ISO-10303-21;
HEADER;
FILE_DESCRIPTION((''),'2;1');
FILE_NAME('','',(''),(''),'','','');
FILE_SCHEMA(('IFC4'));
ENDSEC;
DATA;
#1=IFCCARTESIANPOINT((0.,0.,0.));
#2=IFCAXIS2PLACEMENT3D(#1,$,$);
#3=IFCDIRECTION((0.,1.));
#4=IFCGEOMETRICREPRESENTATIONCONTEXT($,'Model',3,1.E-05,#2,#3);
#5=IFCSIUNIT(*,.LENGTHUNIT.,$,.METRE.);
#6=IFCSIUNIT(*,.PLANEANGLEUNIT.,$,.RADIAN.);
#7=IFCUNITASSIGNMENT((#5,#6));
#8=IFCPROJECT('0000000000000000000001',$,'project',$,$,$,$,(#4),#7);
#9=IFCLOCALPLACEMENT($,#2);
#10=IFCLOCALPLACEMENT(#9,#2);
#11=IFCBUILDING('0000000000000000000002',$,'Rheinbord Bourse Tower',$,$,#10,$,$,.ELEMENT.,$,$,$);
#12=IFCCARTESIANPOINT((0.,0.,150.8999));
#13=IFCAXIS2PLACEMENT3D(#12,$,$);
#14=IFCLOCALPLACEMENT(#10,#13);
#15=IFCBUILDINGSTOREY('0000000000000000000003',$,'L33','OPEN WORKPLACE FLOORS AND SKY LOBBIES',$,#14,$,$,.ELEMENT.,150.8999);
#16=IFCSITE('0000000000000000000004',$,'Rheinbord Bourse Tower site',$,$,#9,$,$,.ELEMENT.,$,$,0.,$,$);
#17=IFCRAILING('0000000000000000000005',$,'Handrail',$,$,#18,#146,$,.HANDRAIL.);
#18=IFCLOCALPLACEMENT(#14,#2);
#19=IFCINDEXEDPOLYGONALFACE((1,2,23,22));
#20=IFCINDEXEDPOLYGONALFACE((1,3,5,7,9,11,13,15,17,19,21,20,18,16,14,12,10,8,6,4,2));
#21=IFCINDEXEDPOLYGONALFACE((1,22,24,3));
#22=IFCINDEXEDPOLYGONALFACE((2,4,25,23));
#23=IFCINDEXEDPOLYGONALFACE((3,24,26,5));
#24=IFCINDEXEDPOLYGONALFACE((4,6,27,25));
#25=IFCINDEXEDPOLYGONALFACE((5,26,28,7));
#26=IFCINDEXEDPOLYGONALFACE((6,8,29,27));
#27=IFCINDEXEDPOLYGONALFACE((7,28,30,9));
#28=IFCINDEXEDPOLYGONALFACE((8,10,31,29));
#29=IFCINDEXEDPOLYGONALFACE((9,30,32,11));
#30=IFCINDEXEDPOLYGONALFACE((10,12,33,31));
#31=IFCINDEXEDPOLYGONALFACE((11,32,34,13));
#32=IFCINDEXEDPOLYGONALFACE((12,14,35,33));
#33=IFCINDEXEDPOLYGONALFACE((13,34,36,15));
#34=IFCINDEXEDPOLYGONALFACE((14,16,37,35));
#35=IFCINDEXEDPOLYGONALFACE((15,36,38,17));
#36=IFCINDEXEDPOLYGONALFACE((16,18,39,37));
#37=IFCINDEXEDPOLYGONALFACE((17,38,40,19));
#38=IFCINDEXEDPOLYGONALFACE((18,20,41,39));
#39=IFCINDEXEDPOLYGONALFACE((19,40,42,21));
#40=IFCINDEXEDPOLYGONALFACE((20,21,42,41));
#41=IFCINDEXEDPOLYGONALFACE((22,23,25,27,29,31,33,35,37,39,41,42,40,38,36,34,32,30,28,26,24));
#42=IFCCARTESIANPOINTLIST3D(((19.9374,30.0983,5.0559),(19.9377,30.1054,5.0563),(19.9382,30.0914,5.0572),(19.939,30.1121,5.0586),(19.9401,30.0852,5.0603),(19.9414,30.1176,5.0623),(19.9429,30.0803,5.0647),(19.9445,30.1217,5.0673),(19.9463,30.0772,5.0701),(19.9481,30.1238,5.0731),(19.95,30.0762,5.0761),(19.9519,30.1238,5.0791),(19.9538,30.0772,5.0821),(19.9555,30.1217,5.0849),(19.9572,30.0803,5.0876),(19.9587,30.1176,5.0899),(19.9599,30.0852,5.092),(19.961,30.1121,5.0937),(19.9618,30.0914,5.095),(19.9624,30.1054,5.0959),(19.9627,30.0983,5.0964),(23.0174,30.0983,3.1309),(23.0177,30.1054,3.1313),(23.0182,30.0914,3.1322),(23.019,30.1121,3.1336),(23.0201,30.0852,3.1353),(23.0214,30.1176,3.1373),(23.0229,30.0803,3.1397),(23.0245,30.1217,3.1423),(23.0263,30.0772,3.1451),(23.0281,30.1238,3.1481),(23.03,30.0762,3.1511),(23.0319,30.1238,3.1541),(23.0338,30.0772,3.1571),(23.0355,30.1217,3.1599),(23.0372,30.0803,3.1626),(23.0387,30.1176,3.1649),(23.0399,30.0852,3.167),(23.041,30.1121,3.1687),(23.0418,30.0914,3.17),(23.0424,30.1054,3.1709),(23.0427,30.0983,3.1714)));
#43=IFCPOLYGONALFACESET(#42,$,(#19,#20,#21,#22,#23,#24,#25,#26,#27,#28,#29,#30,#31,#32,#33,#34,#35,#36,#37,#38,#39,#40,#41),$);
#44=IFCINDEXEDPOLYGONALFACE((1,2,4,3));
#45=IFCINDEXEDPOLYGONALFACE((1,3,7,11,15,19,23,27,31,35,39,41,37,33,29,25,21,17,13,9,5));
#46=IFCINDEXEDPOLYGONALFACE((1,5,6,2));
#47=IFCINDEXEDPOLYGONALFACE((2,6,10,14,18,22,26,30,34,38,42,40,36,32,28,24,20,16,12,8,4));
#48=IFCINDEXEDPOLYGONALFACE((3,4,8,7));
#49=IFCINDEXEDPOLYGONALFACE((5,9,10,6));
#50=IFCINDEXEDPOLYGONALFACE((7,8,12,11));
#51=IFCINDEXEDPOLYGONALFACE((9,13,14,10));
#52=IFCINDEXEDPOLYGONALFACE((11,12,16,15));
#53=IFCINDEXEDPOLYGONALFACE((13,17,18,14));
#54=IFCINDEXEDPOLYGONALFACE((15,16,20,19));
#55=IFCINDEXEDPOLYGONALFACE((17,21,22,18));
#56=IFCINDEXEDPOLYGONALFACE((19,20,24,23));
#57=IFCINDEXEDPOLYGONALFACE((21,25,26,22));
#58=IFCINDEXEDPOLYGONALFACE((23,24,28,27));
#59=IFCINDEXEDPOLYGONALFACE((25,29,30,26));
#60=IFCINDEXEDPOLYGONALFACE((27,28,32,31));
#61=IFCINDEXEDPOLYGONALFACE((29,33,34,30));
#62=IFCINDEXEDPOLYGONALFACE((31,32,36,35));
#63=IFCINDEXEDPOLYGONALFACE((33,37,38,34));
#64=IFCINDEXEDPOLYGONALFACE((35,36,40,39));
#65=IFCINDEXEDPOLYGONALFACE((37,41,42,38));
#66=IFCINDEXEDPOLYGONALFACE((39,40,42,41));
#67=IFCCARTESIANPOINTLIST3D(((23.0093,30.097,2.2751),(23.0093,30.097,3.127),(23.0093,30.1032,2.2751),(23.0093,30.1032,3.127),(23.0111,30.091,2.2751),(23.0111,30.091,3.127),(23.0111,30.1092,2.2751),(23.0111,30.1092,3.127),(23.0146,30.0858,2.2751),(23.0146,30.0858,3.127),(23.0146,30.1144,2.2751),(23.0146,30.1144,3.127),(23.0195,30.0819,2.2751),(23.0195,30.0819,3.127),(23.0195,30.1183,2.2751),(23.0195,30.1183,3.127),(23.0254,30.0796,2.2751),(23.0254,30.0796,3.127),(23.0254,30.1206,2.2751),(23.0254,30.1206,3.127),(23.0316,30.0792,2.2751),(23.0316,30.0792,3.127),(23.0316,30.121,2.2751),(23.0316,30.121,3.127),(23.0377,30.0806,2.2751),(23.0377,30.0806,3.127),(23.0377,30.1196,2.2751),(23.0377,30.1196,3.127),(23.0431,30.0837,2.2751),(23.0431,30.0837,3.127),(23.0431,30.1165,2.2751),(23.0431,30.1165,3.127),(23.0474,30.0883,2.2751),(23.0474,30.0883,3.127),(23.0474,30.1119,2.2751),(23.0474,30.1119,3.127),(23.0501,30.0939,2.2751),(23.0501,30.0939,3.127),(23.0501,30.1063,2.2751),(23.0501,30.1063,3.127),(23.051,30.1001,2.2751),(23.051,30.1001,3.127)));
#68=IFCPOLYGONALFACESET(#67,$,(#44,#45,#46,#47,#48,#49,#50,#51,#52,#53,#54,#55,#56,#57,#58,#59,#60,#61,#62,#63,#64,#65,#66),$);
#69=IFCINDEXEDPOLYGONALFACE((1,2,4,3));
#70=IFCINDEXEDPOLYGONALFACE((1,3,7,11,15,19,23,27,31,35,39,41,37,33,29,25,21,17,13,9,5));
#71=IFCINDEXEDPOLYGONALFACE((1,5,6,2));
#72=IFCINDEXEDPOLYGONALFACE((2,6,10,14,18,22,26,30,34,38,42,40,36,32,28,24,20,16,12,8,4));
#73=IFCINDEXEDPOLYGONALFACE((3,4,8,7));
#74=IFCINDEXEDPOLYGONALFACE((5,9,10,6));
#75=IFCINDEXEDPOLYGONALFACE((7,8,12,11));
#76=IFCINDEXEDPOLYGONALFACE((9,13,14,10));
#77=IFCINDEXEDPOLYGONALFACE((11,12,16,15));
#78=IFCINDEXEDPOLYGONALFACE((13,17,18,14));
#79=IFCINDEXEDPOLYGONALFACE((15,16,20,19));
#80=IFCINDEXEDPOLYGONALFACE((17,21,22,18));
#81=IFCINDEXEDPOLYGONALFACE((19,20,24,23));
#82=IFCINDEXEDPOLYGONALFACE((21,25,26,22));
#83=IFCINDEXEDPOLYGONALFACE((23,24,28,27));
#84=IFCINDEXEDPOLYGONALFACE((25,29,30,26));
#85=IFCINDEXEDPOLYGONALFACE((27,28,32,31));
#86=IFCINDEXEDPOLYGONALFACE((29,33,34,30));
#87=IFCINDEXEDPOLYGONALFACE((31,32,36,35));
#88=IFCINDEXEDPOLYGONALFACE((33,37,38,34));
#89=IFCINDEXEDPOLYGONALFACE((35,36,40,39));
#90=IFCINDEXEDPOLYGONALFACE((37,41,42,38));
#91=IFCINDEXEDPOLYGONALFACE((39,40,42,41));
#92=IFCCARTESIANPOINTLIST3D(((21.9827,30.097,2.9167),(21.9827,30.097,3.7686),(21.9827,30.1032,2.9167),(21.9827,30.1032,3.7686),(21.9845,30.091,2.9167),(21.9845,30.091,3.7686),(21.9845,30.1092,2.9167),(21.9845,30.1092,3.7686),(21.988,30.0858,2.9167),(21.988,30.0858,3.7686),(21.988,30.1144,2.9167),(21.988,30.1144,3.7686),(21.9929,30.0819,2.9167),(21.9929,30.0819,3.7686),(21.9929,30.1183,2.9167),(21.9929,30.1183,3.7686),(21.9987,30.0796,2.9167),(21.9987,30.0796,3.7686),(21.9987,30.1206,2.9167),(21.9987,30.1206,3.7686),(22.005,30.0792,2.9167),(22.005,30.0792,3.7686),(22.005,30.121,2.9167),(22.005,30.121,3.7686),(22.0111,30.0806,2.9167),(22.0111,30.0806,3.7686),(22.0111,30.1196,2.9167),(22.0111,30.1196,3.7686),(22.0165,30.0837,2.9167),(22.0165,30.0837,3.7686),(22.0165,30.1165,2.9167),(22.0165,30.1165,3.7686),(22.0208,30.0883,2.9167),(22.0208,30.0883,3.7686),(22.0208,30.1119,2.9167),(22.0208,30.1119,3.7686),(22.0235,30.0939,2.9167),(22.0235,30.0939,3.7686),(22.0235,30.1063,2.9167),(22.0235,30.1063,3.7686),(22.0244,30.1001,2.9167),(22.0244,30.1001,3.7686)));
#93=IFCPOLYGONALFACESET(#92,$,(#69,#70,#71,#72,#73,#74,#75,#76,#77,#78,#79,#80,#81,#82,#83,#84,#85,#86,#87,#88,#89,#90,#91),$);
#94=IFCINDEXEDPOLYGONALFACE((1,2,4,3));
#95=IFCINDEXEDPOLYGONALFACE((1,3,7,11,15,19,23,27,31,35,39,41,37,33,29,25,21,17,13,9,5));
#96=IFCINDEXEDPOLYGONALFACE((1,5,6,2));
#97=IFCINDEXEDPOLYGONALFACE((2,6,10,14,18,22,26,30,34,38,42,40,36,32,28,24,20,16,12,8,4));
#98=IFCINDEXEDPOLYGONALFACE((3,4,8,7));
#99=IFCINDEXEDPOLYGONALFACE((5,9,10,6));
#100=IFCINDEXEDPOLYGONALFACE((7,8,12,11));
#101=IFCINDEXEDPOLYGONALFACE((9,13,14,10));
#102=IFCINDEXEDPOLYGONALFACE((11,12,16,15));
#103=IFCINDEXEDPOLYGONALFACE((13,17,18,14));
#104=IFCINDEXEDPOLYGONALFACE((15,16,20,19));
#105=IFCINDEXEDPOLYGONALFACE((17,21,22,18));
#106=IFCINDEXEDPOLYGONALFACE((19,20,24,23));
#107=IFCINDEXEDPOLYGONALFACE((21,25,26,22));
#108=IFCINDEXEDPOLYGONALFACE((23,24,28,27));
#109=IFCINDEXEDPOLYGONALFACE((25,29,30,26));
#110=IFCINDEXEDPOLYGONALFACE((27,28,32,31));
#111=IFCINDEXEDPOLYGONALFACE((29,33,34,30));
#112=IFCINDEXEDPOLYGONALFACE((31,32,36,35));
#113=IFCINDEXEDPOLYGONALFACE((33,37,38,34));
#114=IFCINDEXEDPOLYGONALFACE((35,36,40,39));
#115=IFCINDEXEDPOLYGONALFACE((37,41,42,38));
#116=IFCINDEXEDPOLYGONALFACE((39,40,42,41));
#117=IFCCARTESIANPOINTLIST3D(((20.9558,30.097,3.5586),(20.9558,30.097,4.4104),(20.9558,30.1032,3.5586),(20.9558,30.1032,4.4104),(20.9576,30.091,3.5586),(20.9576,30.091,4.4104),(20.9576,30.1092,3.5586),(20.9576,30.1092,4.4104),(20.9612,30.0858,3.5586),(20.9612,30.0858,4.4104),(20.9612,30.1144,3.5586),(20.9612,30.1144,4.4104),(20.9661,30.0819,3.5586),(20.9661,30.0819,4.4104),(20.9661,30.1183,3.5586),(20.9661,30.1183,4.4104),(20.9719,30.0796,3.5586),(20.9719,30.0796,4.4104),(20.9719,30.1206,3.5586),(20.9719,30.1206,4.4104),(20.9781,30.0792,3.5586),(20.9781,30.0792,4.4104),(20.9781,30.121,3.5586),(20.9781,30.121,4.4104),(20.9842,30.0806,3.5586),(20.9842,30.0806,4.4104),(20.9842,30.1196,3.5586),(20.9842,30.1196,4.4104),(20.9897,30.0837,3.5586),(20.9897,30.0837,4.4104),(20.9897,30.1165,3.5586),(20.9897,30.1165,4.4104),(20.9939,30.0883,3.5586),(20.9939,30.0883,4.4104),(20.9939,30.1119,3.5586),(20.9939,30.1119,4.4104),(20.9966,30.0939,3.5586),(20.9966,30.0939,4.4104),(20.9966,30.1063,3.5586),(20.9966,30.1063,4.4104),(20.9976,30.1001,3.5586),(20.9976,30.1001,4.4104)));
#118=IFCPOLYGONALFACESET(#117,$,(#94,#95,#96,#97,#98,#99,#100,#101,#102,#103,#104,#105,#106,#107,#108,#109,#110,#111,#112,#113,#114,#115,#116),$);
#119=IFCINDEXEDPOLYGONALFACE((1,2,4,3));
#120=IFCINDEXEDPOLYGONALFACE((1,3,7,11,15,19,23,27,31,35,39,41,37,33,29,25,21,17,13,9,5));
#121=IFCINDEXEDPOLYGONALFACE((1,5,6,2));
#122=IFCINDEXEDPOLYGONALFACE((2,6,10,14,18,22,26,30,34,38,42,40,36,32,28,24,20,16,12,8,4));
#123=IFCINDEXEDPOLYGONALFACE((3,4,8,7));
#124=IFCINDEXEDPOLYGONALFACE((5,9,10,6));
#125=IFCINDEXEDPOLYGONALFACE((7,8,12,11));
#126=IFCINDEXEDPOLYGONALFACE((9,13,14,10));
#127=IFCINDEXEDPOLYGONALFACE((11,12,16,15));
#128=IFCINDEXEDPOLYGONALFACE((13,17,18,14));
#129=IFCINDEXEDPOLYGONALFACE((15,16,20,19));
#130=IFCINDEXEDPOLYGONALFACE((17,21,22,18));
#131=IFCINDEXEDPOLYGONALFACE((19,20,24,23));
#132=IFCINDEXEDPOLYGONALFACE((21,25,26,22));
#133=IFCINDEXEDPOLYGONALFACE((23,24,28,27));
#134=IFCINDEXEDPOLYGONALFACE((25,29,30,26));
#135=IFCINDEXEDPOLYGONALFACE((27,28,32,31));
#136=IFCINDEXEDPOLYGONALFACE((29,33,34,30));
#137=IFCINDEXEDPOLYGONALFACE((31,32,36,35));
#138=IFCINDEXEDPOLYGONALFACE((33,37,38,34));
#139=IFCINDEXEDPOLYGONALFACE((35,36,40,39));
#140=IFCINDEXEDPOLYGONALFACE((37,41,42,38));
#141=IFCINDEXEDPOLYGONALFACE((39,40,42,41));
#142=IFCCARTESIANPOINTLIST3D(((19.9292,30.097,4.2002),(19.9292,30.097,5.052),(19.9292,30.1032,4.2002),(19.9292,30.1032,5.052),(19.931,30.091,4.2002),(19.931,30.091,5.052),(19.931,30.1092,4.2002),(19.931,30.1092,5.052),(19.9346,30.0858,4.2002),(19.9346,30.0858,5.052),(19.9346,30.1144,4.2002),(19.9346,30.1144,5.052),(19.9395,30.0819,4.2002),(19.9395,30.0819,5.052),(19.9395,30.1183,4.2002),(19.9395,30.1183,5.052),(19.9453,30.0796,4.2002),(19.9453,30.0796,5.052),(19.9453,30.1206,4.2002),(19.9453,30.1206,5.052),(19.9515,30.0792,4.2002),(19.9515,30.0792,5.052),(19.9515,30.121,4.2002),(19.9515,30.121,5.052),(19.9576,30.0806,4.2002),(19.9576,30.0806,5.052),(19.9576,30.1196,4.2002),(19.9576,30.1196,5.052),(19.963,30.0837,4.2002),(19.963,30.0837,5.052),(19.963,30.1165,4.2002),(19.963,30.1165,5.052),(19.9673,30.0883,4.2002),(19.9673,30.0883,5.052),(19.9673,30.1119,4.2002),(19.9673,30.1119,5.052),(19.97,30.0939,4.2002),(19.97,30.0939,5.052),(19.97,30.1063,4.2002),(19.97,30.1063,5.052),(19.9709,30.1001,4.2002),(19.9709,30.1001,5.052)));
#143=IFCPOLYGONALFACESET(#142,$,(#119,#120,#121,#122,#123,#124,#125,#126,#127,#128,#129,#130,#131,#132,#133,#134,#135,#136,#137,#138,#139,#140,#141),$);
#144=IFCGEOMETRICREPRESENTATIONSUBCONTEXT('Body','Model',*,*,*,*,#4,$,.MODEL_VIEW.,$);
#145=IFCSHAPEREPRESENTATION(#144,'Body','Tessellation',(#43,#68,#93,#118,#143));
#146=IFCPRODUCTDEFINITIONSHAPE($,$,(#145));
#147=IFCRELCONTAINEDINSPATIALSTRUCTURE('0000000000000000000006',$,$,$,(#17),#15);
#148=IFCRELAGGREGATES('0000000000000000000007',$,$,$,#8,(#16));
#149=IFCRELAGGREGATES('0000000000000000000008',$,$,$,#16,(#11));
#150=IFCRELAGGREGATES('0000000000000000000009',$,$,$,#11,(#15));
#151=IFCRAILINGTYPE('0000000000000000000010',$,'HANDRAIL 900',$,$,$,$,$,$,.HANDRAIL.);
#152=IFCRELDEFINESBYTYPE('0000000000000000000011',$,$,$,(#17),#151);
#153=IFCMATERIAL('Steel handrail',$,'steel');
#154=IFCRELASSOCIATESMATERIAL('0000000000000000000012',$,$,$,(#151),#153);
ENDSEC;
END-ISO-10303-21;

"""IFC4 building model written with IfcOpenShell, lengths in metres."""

from ifc_helpers import new_model, si_unit, direction, frame, origin, origin_2d, place, context, subcontext, project, spatial, circle, extrude, material, type_object, element, save


model = new_model("IFC4")

# Units and contexts
model_context = context("Model", 3, precision=1e-05, world=origin(), true_north=direction((0.0, 1.0)))
body_context = subcontext(model_context, "Body", "Model", "MODEL_VIEW")
ifc_project = project(units=[si_unit("LENGTHUNIT", "METRE"), si_unit("PLANEANGLEUNIT", "RADIAN")], contexts=[model_context])

# Site, building, storey
site_placement = place(None, origin())
site = spatial("IfcSite", under=ifc_project, at=site_placement, Name="Rheinbord Bourse Tower site", CompositionType="ELEMENT", RefElevation=0.0)
building_placement = place(site_placement, origin())
building = spatial("IfcBuilding", under=site, at=building_placement, Name="Rheinbord Bourse Tower", CompositionType="ELEMENT")
storey_placement = place(building_placement, frame((0.0, 0.0, 150.8999)))
storey = spatial("IfcBuildingStorey", under=building, at=storey_placement, Name="L33", Description="OPEN WORKPLACE FLOORS AND SKY LOBBIES", CompositionType="ELEMENT", Elevation=150.8999)

# Railing
ifc_material_1 = material(Name="Steel handrail", Category="steel")
railing_type = type_object("IfcRailingType", Name="HANDRAIL 900", PredefinedType="HANDRAIL", material=ifc_material_1)
railing_1_placement = place(storey_placement, frame((23.03, 30.1001, 2.2751)))
element("IfcRailing", 1, at=railing_1_placement, inside=storey, type_object=railing_type, Name="Handrail", PredefinedType="HANDRAIL", context=body_context, shape_type="SweptSolid", body=[
    extrude(circle(Radius=0.0239, at=origin_2d()), frame((0.0, 0.0, 0.876), z_axis=(-0.847998, 0.0, 0.529999), x_axis=(0.0, -1.0, 0.0)), (0.0, 0.0, 1.0), 3.6321),
    extrude(circle(Radius=0.021, at=origin_2d()), origin(), (0.0, 0.0, 1.0), 0.8518),
    extrude(circle(Radius=0.021, at=origin_2d()), frame((-1.0266, 0.0, 0.6416)), (0.0, 0.0, 1.0), 0.8518),
    extrude(circle(Radius=0.021, at=origin_2d()), frame((-2.0535, 0.0, 1.2834)), (0.0, 0.0, 1.0), 0.8518),
    extrude(circle(Radius=0.021, at=origin_2d()), frame((-3.0801, 0.0, 1.925)), (0.0, 0.0, 1.0), 0.8518),
])

save(model, "model.ifc")
